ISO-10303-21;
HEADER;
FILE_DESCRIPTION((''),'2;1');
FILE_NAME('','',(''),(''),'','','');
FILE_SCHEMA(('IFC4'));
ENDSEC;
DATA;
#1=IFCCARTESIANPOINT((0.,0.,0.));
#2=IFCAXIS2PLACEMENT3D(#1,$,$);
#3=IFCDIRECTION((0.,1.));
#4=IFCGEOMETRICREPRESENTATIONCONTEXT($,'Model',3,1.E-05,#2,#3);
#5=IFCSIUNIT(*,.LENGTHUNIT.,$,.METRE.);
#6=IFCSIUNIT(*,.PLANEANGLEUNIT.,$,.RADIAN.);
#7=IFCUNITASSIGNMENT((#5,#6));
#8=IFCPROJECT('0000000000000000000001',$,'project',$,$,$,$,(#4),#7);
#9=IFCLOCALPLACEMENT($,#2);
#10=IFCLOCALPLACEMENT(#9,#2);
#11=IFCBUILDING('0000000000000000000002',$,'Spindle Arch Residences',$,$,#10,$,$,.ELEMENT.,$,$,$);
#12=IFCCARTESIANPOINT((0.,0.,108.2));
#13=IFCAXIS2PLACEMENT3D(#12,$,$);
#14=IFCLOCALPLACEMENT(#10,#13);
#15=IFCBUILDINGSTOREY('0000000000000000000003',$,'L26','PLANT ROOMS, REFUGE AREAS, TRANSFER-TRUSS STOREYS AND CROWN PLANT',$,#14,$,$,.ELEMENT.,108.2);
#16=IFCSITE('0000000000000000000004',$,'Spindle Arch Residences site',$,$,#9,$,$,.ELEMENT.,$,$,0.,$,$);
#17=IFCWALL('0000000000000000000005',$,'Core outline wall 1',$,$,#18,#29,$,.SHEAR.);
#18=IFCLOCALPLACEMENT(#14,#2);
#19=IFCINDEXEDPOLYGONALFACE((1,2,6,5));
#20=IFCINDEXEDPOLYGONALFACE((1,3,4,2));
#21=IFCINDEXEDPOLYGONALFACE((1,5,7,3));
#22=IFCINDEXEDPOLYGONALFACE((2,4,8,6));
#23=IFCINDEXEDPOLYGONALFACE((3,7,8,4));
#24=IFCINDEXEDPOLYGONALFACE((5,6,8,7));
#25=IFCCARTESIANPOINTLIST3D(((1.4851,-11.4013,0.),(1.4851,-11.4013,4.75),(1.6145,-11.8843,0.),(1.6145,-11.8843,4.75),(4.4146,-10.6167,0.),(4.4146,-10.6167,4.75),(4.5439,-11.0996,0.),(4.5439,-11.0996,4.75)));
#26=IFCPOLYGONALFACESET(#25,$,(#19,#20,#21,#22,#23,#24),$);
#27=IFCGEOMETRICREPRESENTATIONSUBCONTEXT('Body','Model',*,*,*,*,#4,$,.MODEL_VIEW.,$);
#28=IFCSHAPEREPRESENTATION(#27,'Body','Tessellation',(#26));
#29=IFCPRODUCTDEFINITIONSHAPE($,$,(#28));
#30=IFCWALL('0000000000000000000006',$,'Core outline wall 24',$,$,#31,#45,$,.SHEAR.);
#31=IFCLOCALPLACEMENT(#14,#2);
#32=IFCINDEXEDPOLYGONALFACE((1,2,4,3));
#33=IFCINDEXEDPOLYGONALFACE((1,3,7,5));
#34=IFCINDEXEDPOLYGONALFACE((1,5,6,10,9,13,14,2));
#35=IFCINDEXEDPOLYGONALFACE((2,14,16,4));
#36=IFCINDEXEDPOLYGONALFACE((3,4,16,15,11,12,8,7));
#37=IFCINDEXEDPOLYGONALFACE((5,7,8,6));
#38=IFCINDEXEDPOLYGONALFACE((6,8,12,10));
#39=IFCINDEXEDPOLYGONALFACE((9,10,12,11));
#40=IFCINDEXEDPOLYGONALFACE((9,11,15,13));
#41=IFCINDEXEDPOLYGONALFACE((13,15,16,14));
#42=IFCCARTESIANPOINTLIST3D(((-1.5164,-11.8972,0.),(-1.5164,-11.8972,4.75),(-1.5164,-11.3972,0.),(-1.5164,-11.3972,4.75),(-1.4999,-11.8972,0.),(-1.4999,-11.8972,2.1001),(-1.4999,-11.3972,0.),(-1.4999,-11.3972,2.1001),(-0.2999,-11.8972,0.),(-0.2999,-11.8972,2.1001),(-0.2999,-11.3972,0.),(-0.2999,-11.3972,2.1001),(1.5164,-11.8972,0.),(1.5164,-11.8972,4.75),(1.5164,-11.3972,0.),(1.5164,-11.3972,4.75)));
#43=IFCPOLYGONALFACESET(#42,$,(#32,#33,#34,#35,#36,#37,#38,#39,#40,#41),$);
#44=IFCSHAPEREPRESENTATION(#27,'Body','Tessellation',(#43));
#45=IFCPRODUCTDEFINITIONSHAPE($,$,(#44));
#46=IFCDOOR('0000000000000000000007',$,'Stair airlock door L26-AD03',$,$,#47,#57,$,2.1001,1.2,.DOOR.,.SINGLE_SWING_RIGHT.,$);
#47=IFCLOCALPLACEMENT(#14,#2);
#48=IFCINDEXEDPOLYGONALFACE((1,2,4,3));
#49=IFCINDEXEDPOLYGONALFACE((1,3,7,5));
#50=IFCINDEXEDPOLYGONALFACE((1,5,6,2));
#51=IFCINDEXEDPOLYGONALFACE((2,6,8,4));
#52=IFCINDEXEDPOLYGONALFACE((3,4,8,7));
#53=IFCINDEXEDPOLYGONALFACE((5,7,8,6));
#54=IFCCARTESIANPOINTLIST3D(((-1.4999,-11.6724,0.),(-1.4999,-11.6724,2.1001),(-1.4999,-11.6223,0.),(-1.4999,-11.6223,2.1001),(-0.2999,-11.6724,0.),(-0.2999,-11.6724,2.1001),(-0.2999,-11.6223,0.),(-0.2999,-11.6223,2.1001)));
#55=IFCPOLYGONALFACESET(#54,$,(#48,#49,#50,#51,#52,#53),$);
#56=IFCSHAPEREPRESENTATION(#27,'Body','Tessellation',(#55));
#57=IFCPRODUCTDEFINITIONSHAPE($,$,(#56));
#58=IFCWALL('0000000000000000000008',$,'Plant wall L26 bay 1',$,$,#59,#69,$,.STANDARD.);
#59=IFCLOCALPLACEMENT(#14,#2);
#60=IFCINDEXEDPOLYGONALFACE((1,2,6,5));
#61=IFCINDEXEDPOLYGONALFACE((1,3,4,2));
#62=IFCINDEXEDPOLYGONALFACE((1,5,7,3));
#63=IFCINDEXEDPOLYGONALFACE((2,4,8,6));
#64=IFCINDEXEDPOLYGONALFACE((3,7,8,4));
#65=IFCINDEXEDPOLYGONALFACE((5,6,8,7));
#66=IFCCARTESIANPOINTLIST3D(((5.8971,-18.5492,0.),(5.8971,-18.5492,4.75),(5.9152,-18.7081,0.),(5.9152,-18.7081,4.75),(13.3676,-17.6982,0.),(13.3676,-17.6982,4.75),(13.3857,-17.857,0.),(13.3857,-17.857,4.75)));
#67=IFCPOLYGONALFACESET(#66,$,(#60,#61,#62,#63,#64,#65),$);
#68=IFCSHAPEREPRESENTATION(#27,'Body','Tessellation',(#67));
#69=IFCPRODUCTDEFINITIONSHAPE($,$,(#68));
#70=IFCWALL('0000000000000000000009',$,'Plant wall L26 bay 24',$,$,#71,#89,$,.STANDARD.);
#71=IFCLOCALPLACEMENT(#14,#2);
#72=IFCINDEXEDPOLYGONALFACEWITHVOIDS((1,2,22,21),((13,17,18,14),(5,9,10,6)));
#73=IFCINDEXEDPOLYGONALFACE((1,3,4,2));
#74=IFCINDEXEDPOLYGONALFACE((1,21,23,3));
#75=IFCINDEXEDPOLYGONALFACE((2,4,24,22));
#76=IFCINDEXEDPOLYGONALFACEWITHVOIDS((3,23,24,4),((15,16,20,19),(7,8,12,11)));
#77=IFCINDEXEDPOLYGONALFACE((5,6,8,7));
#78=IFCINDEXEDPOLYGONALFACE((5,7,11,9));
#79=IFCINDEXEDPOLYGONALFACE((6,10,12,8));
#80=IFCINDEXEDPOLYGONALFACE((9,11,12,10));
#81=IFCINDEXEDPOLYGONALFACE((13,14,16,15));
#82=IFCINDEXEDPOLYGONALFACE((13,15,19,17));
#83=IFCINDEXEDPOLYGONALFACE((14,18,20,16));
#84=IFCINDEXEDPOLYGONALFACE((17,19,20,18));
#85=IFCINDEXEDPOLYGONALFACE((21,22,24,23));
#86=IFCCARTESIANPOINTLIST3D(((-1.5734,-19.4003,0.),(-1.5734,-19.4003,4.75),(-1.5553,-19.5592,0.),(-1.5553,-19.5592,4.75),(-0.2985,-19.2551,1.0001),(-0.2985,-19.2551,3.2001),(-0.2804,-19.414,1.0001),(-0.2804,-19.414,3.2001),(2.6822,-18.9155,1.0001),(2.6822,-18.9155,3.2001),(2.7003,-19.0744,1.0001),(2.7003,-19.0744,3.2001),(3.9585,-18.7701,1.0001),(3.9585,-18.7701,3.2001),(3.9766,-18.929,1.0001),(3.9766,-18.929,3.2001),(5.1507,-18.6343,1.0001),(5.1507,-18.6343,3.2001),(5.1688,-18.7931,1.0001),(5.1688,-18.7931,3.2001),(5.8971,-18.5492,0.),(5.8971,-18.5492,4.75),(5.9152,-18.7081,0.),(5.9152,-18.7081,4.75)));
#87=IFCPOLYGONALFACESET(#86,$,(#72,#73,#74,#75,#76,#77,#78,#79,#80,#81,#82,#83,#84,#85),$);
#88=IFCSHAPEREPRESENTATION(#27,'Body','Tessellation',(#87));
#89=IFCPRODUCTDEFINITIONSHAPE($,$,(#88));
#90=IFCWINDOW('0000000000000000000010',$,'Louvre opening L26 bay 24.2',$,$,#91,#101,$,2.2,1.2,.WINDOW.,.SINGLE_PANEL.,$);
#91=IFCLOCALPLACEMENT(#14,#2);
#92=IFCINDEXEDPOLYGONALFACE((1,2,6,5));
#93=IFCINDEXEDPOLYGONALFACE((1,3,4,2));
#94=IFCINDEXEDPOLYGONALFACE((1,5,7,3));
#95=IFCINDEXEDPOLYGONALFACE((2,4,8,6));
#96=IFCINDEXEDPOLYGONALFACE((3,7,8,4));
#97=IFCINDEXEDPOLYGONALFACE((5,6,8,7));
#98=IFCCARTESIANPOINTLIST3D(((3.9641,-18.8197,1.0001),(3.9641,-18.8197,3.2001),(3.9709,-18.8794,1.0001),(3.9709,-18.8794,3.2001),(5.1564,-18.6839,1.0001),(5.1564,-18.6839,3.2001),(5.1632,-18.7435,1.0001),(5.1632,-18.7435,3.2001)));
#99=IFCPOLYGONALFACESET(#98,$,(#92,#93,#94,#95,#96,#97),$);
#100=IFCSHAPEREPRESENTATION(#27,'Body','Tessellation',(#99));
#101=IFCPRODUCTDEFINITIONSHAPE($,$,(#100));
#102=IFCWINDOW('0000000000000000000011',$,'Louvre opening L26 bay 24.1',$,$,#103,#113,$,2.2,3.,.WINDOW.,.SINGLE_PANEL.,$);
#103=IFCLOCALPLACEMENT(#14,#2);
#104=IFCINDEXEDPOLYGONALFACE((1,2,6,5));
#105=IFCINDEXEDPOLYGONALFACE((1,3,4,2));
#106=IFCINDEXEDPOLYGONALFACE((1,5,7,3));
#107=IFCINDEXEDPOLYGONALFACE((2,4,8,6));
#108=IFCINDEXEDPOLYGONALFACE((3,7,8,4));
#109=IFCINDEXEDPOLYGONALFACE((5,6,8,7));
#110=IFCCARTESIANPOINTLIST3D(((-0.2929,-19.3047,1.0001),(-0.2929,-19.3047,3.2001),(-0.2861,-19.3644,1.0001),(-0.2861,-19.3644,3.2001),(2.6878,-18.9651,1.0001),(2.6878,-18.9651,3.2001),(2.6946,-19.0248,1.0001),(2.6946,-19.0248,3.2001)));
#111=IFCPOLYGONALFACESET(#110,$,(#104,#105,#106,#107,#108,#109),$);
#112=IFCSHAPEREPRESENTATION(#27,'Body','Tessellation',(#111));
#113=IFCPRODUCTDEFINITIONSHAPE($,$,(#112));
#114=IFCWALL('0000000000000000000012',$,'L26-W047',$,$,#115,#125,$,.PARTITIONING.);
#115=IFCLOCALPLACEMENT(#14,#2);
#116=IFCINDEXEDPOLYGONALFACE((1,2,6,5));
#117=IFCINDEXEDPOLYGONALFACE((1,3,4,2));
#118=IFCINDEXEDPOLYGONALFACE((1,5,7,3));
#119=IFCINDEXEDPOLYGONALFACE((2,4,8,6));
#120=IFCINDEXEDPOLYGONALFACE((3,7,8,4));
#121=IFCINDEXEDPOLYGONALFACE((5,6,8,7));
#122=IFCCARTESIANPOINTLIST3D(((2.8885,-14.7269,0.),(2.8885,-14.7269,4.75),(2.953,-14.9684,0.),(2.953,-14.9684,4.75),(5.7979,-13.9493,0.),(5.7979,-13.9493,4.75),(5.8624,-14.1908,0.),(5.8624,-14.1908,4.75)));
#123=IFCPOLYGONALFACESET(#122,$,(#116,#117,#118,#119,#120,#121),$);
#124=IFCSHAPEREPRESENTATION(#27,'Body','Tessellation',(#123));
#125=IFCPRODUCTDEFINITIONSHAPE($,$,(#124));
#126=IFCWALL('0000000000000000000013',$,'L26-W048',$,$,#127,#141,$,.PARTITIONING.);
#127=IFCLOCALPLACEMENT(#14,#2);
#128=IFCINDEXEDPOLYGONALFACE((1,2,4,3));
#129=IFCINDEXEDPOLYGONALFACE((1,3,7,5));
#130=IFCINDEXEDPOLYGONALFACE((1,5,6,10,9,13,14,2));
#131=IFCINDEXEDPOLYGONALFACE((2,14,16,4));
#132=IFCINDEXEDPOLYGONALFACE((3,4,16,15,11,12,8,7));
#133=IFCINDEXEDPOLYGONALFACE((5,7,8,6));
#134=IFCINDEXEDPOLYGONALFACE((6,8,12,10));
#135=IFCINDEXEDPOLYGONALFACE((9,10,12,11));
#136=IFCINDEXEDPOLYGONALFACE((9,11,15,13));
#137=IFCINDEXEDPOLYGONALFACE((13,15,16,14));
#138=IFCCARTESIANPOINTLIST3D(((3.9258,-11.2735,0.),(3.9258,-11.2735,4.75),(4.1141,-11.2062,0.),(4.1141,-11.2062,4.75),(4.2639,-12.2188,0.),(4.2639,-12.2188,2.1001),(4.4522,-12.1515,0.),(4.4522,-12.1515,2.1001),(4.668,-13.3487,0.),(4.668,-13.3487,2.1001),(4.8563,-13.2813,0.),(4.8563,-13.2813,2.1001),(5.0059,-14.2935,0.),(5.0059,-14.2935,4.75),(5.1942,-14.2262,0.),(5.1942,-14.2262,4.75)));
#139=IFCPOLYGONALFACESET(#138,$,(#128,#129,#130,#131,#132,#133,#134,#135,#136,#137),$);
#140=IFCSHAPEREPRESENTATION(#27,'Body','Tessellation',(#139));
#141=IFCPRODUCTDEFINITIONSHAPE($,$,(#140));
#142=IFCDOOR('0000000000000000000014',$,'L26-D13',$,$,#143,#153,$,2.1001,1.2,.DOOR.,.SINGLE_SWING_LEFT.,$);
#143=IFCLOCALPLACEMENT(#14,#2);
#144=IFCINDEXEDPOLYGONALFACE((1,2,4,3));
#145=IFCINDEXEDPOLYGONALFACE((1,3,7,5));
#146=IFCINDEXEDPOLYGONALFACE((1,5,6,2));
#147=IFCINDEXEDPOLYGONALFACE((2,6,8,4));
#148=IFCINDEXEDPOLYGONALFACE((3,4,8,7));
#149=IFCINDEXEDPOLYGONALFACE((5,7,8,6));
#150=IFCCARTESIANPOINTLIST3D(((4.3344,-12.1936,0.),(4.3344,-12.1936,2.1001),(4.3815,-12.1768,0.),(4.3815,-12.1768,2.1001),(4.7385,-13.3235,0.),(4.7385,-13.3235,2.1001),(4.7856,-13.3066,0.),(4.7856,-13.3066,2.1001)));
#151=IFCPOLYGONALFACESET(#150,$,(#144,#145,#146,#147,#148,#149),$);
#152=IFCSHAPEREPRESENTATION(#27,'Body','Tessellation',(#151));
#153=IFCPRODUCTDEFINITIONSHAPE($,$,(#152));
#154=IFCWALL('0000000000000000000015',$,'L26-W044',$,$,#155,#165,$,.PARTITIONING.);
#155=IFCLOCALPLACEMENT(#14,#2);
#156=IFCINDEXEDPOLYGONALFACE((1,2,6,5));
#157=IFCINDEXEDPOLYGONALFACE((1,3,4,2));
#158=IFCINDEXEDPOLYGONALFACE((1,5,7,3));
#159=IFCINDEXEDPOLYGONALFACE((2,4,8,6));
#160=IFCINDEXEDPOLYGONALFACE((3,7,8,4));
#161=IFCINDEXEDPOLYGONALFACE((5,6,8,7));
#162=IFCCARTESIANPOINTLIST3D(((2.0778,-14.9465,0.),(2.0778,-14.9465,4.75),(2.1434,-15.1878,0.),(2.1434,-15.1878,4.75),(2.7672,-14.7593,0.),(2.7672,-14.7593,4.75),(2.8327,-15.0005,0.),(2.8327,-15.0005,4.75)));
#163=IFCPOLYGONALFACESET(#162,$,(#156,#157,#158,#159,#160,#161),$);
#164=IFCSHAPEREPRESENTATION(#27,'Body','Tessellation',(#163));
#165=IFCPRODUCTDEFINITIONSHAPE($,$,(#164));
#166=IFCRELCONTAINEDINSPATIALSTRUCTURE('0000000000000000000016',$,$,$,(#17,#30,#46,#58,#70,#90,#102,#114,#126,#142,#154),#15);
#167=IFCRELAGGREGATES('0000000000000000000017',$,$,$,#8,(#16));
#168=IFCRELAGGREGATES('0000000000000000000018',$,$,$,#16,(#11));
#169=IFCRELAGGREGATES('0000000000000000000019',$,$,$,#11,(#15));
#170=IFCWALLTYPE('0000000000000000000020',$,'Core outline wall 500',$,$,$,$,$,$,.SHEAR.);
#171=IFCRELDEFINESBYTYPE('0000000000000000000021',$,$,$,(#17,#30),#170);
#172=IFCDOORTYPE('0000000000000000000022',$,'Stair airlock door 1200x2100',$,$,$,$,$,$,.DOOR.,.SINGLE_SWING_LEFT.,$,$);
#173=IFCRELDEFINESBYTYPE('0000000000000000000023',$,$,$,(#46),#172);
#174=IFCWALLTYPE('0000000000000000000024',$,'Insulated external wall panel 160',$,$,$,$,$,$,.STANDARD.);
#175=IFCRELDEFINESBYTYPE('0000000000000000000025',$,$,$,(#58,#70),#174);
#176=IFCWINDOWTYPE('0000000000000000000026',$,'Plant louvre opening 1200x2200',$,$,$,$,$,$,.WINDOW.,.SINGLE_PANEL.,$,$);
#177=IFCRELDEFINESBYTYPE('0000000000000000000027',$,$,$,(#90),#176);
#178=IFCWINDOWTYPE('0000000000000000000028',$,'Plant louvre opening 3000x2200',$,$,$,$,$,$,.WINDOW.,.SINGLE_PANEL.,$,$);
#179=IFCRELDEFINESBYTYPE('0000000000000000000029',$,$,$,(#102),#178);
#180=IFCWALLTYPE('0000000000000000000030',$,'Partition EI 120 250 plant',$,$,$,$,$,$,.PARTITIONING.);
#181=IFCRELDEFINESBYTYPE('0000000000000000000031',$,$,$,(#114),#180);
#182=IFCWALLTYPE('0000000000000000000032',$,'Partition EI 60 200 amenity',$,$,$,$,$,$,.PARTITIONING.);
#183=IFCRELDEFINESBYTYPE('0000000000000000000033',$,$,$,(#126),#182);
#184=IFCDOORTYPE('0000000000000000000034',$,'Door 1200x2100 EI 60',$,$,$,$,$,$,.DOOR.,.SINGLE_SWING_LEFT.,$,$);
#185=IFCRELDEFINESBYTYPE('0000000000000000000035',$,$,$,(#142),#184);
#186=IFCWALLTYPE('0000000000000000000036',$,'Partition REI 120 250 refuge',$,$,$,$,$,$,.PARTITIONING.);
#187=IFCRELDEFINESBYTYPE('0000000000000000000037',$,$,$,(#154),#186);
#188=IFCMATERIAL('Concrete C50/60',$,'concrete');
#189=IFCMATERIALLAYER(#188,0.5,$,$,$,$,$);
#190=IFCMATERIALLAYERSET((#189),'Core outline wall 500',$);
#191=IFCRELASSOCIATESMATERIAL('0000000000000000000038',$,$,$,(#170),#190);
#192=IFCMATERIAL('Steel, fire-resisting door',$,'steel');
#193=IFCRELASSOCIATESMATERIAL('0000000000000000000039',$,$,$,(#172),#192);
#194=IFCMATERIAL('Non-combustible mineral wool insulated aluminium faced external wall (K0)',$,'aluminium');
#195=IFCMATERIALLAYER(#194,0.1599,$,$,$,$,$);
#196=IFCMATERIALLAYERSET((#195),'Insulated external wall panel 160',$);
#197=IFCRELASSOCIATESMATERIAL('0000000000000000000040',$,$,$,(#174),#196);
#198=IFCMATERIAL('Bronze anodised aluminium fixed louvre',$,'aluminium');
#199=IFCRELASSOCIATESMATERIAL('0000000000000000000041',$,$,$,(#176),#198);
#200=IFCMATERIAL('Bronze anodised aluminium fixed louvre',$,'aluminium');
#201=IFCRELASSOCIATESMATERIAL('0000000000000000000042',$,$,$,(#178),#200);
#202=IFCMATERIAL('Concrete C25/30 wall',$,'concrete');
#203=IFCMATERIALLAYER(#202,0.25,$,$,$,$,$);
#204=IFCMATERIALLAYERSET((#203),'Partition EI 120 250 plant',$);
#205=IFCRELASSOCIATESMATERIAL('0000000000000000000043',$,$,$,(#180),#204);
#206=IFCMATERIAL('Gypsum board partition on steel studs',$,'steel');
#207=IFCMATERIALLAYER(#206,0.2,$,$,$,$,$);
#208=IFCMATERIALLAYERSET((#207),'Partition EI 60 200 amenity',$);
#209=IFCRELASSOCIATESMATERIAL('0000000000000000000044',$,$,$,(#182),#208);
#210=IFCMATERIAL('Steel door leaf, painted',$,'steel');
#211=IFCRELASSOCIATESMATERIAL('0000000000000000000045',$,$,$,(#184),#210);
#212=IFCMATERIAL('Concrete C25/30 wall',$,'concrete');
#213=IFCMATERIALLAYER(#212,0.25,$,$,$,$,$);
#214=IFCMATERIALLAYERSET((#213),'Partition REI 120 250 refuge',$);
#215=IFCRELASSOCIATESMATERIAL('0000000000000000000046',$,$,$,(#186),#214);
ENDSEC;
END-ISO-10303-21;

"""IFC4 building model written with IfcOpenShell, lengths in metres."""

from ifc_helpers import new_model, si_unit, direction, frame, frame_2d, origin, place, context, subcontext, project, spatial, rectangle, extrude, material, layer, layer_set, type_object, element, fill, save


model = new_model("IFC4")

# Units and contexts
model_context = context("Model", 3, precision=1e-05, world=origin(), true_north=direction((0.0, 1.0)))
body_context = subcontext(model_context, "Body", "Model", "MODEL_VIEW")
ifc_project = project(units=[si_unit("LENGTHUNIT", "METRE"), si_unit("PLANEANGLEUNIT", "RADIAN")], contexts=[model_context])

# Site, building, storey
site_placement = place(None, origin())
site = spatial("IfcSite", under=ifc_project, at=site_placement, Name="Spindle Arch Residences site", CompositionType="ELEMENT", RefElevation=0.0)
building_placement = place(site_placement, origin())
building = spatial("IfcBuilding", under=site, at=building_placement, Name="Spindle Arch Residences", CompositionType="ELEMENT")
storey_placement = place(building_placement, frame((0.0, 0.0, 108.2)))
storey = spatial("IfcBuildingStorey", under=building, at=storey_placement, Name="L26", Description="PLANT ROOMS, REFUGE AREAS, TRANSFER-TRUSS STOREYS AND CROWN PLANT", CompositionType="ELEMENT", Elevation=108.2)

# Wall
ifc_material_1 = material(Name="Concrete C50/60", Category="concrete")
ifc_layer_1 = layer(ifc_material_1, 0.5)
ifc_layer_set_1 = layer_set([ifc_layer_1], Name="Core outline wall 500")
wall_type_1 = type_object("IfcWallType", Name="Core outline wall 500", PredefinedType="SHEAR", material=ifc_layer_set_1)
wall_1_placement = place(storey_placement, frame((1.5498, -11.6428, 0.0), z_axis=(0.0, 0.0, 1.0), x_axis=(0.965948, 0.258735, 0.0)))
element("IfcWall", 1, at=wall_1_placement, inside=storey, type_object=wall_type_1, Name="Core outline wall 1", PredefinedType="SHEAR", context=body_context, shape_type="SweptSolid", body=[
    extrude(rectangle(XDim=3.0327, YDim=0.5, at=frame_2d((1.5164, 0.0))), origin(), (0.0, 0.0, 1.0), 4.75),
])

# Wall, opening, door
wall_2_placement = place(storey_placement, frame((-1.5164, -11.6472, 0.0), z_axis=(0.0, 0.0, 1.0), x_axis=(1.0, 0.0, 0.0)))
wall_2 = element("IfcWall", 2, at=wall_2_placement, inside=storey, type_object=wall_type_1, Name="Core outline wall 24", PredefinedType="SHEAR", context=body_context, shape_type="SweptSolid", body=[
    extrude(rectangle(XDim=3.0327, YDim=0.5, at=frame_2d((1.5164, 0.0))), origin(), (0.0, 0.0, 1.0), 4.75),
])
opening_1_placement = place(wall_2_placement, frame((0.0164, 0.0, 0.0)))
opening_1 = element("IfcOpeningElement", 3, at=opening_1_placement, cuts=wall_2, PredefinedType="OPENING", context=body_context, shape_type="SweptSolid", body=[
    extrude(rectangle(XDim=1.2, YDim=2.1001, at=frame_2d((0.6001, 1.05))), frame((0.0, 0.26, 0.0), z_axis=(0.0, -1.0, 0.0), x_axis=(1.0, 0.0, 0.0)), (0.0, 0.0, 1.0), 0.52),
])
ifc_material_2 = material(Name="Steel, fire-resisting door", Category="steel")
door_type_1 = type_object("IfcDoorType", Name="Stair airlock door 1200x2100", OperationType="SINGLE_SWING_LEFT", PredefinedType="DOOR", material=ifc_material_2)
door_1_placement = place(opening_1_placement, origin())
door_1 = element("IfcDoor", 4, at=door_1_placement, inside=storey, type_object=door_type_1, Name="Stair airlock door L26-AD03", OperationType="SINGLE_SWING_RIGHT", OverallHeight=2.1001, OverallWidth=1.2, PredefinedType="DOOR", context=body_context, shape_type="SweptSolid", body=[
    extrude(rectangle(XDim=1.2, YDim=2.1001, at=frame_2d((0.6001, 1.05))), frame((0.0, 0.0249, 0.0), z_axis=(0.0, -1.0, 0.0), x_axis=(1.0, 0.0, 0.0)), (0.0, 0.0, 1.0), 0.05),
])
fill(opening_1, door_1)

# Wall
ifc_material_3 = material(Name="Non-combustible mineral wool insulated aluminium faced external wall (K0)", Category="aluminium")
ifc_layer_2 = layer(ifc_material_3, 0.1599)
ifc_layer_set_2 = layer_set([ifc_layer_2], Name="Insulated external wall panel 160")
wall_type_2 = type_object("IfcWallType", Name="Insulated external wall panel 160", PredefinedType="STANDARD", material=ifc_layer_set_2)
wall_3_placement = place(storey_placement, frame((5.9062, -18.6287, 0.0), z_axis=(0.0, 0.0, 1.0), x_axis=(0.993573, 0.113193, 0.0)))
element("IfcWall", 5, at=wall_3_placement, inside=storey, type_object=wall_type_2, Name="Plant wall L26 bay 1", PredefinedType="STANDARD", context=body_context, shape_type="SweptSolid", body=[
    extrude(rectangle(XDim=7.5188, YDim=0.1599, at=frame_2d((3.7593, 0.0))), origin(), (0.0, 0.0, 1.0), 4.75),
])

# Wall, openings, windows
wall_4_placement = place(storey_placement, frame((-1.5642, -19.4797, 0.0), z_axis=(0.0, 0.0, 1.0), x_axis=(0.993573, 0.113193, 0.0)))
wall_4 = element("IfcWall", 6, at=wall_4_placement, inside=storey, type_object=wall_type_2, Name="Plant wall L26 bay 24", PredefinedType="STANDARD", context=body_context, shape_type="SweptSolid", body=[
    extrude(rectangle(XDim=7.5188, YDim=0.1599, at=frame_2d((3.7593, 0.0))), origin(), (0.0, 0.0, 1.0), 4.75),
])
opening_2_placement = place(wall_4_placement, frame((1.283, 0.0, 1.0)))
opening_2 = element("IfcOpeningElement", 7, at=opening_2_placement, cuts=wall_4, PredefinedType="OPENING", context=body_context, shape_type="SweptSolid", body=[
    extrude(rectangle(XDim=3.0, YDim=2.2, at=frame_2d((1.5, 1.1001))), frame((0.0, 0.0898, 0.0), z_axis=(0.0, -1.0, 0.0), x_axis=(1.0, 0.0, 0.0)), (0.0, 0.0, 1.0), 0.1799),
])
opening_3_placement = place(wall_4_placement, frame((5.5674, 0.0, 1.0)))
opening_3 = element("IfcOpeningElement", 8, at=opening_3_placement, cuts=wall_4, PredefinedType="OPENING", context=body_context, shape_type="SweptSolid", body=[
    extrude(rectangle(XDim=1.2, YDim=2.2, at=frame_2d((0.6001, 1.1001))), frame((0.0, 0.0898, 0.0), z_axis=(0.0, -1.0, 0.0), x_axis=(1.0, 0.0, 0.0)), (0.0, 0.0, 1.0), 0.1799),
])
ifc_material_4 = material(Name="Bronze anodised aluminium fixed louvre", Category="aluminium")
window_type_1 = type_object("IfcWindowType", Name="Plant louvre opening 1200x2200", PartitioningType="SINGLE_PANEL", PredefinedType="WINDOW", material=ifc_material_4)
window_1_placement = place(opening_3_placement, origin())
window_1 = element("IfcWindow", 9, at=window_1_placement, inside=storey, type_object=window_type_1, Name="Louvre opening L26 bay 24.2", OverallHeight=2.2, OverallWidth=1.2, PartitioningType="SINGLE_PANEL", PredefinedType="WINDOW", context=body_context, shape_type="SweptSolid", body=[
    extrude(rectangle(XDim=1.2, YDim=2.2, at=frame_2d((0.6001, 1.1001))), frame((0.0, 0.03, 0.0), z_axis=(0.0, -1.0, 0.0), x_axis=(1.0, 0.0, 0.0)), (0.0, 0.0, 1.0), 0.0601),
])
fill(opening_3, window_1)
ifc_material_5 = material(Name="Bronze anodised aluminium fixed louvre", Category="aluminium")
window_type_2 = type_object("IfcWindowType", Name="Plant louvre opening 3000x2200", PartitioningType="SINGLE_PANEL", PredefinedType="WINDOW", material=ifc_material_5)
window_2_placement = place(opening_2_placement, origin())
window_2 = element("IfcWindow", 10, at=window_2_placement, inside=storey, type_object=window_type_2, Name="Louvre opening L26 bay 24.1", OverallHeight=2.2, OverallWidth=3.0, PartitioningType="SINGLE_PANEL", PredefinedType="WINDOW", context=body_context, shape_type="SweptSolid", body=[
    extrude(rectangle(XDim=3.0, YDim=2.2, at=frame_2d((1.5, 1.1001))), frame((0.0, 0.03, 0.0), z_axis=(0.0, -1.0, 0.0), x_axis=(1.0, 0.0, 0.0)), (0.0, 0.0, 1.0), 0.0601),
])
fill(opening_2, window_2)

# Wall
ifc_material_6 = material(Name="Concrete C25/30 wall", Category="concrete")
ifc_layer_3 = layer(ifc_material_6, 0.25)
ifc_layer_set_3 = layer_set([ifc_layer_3], Name="Partition EI 120 250 plant")
wall_type_3 = type_object("IfcWallType", Name="Partition EI 120 250 plant", PredefinedType="PARTITIONING", material=ifc_layer_set_3)
wall_5_placement = place(storey_placement, frame((2.9207, -14.8477, 0.0), z_axis=(0.0, 0.0, 1.0), x_axis=(0.966091, 0.258203, 0.0)))
element("IfcWall", 11, at=wall_5_placement, inside=storey, type_object=wall_type_3, Name="L26-W047", PredefinedType="PARTITIONING", context=body_context, shape_type="SweptSolid", body=[
    extrude(rectangle(XDim=3.0115, YDim=0.25, at=frame_2d((1.5059, 0.0))), origin(), (0.0, 0.0, 1.0), 4.75),
])

# Wall, opening, door
ifc_material_7 = material(Name="Gypsum board partition on steel studs", Category="steel")
ifc_layer_4 = layer(ifc_material_7, 0.2)
ifc_layer_set_4 = layer_set([ifc_layer_4], Name="Partition EI 60 200 amenity")
wall_type_4 = type_object("IfcWallType", Name="Partition EI 60 200 amenity", PredefinedType="PARTITIONING", material=ifc_layer_set_4)
wall_6_placement = place(storey_placement, frame((4.02, -11.24, 0.0), z_axis=(0.0, 0.0, 1.0), x_axis=(0.336751, -0.941594, 0.0)))
wall_6 = element("IfcWall", 12, at=wall_6_placement, inside=storey, type_object=wall_type_4, Name="L26-W048", PredefinedType="PARTITIONING", context=body_context, shape_type="SweptSolid", body=[
    extrude(rectangle(XDim=3.2073, YDim=0.2, at=frame_2d((1.6035, 0.0))), origin(), (0.0, 0.0, 1.0), 4.75),
])
opening_4_placement = place(wall_6_placement, frame((1.0037, 0.0, 0.0)))
opening_4 = element("IfcOpeningElement", 13, at=opening_4_placement, cuts=wall_6, PredefinedType="OPENING", context=body_context, shape_type="SweptSolid", body=[
    extrude(rectangle(XDim=1.2, YDim=2.1001, at=frame_2d((0.6001, 1.05))), frame((0.0, 0.1099, 0.0), z_axis=(0.0, -1.0, 0.0), x_axis=(1.0, 0.0, 0.0)), (0.0, 0.0, 1.0), 0.22),
])
ifc_material_8 = material(Name="Steel door leaf, painted", Category="steel")
door_type_2 = type_object("IfcDoorType", Name="Door 1200x2100 EI 60", OperationType="SINGLE_SWING_LEFT", PredefinedType="DOOR", material=ifc_material_8)
door_2_placement = place(opening_4_placement, origin())
door_2 = element("IfcDoor", 14, at=door_2_placement, inside=storey, type_object=door_type_2, Name="L26-D13", OperationType="SINGLE_SWING_LEFT", OverallHeight=2.1001, OverallWidth=1.2, PredefinedType="DOOR", context=body_context, shape_type="SweptSolid", body=[
    extrude(rectangle(XDim=1.2, YDim=2.1001, at=frame_2d((0.6001, 1.05))), frame((0.0, 0.0249, 0.0), z_axis=(0.0, -1.0, 0.0), x_axis=(1.0, 0.0, 0.0)), (0.0, 0.0, 1.0), 0.05),
])
fill(opening_4, door_2)

# Wall
ifc_material_9 = material(Name="Concrete C25/30 wall", Category="concrete")
ifc_layer_5 = layer(ifc_material_9, 0.25)
ifc_layer_set_5 = layer_set([ifc_layer_5], Name="Partition REI 120 250 refuge")
wall_type_5 = type_object("IfcWallType", Name="Partition REI 120 250 refuge", PredefinedType="PARTITIONING", material=ifc_layer_set_5)
wall_7_placement = place(storey_placement, frame((2.1106, -15.0671, 0.0), z_axis=(0.0, 0.0, 1.0), x_axis=(0.965039, 0.262105, 0.0)))
element("IfcWall", 15, at=wall_7_placement, inside=storey, type_object=wall_type_5, Name="L26-W044", PredefinedType="PARTITIONING", context=body_context, shape_type="SweptSolid", body=[
    extrude(rectangle(XDim=0.7144, YDim=0.25, at=frame_2d((0.3572, 0.0))), origin(), (0.0, 0.0, 1.0), 4.75),
])

save(model, "model.ifc")
